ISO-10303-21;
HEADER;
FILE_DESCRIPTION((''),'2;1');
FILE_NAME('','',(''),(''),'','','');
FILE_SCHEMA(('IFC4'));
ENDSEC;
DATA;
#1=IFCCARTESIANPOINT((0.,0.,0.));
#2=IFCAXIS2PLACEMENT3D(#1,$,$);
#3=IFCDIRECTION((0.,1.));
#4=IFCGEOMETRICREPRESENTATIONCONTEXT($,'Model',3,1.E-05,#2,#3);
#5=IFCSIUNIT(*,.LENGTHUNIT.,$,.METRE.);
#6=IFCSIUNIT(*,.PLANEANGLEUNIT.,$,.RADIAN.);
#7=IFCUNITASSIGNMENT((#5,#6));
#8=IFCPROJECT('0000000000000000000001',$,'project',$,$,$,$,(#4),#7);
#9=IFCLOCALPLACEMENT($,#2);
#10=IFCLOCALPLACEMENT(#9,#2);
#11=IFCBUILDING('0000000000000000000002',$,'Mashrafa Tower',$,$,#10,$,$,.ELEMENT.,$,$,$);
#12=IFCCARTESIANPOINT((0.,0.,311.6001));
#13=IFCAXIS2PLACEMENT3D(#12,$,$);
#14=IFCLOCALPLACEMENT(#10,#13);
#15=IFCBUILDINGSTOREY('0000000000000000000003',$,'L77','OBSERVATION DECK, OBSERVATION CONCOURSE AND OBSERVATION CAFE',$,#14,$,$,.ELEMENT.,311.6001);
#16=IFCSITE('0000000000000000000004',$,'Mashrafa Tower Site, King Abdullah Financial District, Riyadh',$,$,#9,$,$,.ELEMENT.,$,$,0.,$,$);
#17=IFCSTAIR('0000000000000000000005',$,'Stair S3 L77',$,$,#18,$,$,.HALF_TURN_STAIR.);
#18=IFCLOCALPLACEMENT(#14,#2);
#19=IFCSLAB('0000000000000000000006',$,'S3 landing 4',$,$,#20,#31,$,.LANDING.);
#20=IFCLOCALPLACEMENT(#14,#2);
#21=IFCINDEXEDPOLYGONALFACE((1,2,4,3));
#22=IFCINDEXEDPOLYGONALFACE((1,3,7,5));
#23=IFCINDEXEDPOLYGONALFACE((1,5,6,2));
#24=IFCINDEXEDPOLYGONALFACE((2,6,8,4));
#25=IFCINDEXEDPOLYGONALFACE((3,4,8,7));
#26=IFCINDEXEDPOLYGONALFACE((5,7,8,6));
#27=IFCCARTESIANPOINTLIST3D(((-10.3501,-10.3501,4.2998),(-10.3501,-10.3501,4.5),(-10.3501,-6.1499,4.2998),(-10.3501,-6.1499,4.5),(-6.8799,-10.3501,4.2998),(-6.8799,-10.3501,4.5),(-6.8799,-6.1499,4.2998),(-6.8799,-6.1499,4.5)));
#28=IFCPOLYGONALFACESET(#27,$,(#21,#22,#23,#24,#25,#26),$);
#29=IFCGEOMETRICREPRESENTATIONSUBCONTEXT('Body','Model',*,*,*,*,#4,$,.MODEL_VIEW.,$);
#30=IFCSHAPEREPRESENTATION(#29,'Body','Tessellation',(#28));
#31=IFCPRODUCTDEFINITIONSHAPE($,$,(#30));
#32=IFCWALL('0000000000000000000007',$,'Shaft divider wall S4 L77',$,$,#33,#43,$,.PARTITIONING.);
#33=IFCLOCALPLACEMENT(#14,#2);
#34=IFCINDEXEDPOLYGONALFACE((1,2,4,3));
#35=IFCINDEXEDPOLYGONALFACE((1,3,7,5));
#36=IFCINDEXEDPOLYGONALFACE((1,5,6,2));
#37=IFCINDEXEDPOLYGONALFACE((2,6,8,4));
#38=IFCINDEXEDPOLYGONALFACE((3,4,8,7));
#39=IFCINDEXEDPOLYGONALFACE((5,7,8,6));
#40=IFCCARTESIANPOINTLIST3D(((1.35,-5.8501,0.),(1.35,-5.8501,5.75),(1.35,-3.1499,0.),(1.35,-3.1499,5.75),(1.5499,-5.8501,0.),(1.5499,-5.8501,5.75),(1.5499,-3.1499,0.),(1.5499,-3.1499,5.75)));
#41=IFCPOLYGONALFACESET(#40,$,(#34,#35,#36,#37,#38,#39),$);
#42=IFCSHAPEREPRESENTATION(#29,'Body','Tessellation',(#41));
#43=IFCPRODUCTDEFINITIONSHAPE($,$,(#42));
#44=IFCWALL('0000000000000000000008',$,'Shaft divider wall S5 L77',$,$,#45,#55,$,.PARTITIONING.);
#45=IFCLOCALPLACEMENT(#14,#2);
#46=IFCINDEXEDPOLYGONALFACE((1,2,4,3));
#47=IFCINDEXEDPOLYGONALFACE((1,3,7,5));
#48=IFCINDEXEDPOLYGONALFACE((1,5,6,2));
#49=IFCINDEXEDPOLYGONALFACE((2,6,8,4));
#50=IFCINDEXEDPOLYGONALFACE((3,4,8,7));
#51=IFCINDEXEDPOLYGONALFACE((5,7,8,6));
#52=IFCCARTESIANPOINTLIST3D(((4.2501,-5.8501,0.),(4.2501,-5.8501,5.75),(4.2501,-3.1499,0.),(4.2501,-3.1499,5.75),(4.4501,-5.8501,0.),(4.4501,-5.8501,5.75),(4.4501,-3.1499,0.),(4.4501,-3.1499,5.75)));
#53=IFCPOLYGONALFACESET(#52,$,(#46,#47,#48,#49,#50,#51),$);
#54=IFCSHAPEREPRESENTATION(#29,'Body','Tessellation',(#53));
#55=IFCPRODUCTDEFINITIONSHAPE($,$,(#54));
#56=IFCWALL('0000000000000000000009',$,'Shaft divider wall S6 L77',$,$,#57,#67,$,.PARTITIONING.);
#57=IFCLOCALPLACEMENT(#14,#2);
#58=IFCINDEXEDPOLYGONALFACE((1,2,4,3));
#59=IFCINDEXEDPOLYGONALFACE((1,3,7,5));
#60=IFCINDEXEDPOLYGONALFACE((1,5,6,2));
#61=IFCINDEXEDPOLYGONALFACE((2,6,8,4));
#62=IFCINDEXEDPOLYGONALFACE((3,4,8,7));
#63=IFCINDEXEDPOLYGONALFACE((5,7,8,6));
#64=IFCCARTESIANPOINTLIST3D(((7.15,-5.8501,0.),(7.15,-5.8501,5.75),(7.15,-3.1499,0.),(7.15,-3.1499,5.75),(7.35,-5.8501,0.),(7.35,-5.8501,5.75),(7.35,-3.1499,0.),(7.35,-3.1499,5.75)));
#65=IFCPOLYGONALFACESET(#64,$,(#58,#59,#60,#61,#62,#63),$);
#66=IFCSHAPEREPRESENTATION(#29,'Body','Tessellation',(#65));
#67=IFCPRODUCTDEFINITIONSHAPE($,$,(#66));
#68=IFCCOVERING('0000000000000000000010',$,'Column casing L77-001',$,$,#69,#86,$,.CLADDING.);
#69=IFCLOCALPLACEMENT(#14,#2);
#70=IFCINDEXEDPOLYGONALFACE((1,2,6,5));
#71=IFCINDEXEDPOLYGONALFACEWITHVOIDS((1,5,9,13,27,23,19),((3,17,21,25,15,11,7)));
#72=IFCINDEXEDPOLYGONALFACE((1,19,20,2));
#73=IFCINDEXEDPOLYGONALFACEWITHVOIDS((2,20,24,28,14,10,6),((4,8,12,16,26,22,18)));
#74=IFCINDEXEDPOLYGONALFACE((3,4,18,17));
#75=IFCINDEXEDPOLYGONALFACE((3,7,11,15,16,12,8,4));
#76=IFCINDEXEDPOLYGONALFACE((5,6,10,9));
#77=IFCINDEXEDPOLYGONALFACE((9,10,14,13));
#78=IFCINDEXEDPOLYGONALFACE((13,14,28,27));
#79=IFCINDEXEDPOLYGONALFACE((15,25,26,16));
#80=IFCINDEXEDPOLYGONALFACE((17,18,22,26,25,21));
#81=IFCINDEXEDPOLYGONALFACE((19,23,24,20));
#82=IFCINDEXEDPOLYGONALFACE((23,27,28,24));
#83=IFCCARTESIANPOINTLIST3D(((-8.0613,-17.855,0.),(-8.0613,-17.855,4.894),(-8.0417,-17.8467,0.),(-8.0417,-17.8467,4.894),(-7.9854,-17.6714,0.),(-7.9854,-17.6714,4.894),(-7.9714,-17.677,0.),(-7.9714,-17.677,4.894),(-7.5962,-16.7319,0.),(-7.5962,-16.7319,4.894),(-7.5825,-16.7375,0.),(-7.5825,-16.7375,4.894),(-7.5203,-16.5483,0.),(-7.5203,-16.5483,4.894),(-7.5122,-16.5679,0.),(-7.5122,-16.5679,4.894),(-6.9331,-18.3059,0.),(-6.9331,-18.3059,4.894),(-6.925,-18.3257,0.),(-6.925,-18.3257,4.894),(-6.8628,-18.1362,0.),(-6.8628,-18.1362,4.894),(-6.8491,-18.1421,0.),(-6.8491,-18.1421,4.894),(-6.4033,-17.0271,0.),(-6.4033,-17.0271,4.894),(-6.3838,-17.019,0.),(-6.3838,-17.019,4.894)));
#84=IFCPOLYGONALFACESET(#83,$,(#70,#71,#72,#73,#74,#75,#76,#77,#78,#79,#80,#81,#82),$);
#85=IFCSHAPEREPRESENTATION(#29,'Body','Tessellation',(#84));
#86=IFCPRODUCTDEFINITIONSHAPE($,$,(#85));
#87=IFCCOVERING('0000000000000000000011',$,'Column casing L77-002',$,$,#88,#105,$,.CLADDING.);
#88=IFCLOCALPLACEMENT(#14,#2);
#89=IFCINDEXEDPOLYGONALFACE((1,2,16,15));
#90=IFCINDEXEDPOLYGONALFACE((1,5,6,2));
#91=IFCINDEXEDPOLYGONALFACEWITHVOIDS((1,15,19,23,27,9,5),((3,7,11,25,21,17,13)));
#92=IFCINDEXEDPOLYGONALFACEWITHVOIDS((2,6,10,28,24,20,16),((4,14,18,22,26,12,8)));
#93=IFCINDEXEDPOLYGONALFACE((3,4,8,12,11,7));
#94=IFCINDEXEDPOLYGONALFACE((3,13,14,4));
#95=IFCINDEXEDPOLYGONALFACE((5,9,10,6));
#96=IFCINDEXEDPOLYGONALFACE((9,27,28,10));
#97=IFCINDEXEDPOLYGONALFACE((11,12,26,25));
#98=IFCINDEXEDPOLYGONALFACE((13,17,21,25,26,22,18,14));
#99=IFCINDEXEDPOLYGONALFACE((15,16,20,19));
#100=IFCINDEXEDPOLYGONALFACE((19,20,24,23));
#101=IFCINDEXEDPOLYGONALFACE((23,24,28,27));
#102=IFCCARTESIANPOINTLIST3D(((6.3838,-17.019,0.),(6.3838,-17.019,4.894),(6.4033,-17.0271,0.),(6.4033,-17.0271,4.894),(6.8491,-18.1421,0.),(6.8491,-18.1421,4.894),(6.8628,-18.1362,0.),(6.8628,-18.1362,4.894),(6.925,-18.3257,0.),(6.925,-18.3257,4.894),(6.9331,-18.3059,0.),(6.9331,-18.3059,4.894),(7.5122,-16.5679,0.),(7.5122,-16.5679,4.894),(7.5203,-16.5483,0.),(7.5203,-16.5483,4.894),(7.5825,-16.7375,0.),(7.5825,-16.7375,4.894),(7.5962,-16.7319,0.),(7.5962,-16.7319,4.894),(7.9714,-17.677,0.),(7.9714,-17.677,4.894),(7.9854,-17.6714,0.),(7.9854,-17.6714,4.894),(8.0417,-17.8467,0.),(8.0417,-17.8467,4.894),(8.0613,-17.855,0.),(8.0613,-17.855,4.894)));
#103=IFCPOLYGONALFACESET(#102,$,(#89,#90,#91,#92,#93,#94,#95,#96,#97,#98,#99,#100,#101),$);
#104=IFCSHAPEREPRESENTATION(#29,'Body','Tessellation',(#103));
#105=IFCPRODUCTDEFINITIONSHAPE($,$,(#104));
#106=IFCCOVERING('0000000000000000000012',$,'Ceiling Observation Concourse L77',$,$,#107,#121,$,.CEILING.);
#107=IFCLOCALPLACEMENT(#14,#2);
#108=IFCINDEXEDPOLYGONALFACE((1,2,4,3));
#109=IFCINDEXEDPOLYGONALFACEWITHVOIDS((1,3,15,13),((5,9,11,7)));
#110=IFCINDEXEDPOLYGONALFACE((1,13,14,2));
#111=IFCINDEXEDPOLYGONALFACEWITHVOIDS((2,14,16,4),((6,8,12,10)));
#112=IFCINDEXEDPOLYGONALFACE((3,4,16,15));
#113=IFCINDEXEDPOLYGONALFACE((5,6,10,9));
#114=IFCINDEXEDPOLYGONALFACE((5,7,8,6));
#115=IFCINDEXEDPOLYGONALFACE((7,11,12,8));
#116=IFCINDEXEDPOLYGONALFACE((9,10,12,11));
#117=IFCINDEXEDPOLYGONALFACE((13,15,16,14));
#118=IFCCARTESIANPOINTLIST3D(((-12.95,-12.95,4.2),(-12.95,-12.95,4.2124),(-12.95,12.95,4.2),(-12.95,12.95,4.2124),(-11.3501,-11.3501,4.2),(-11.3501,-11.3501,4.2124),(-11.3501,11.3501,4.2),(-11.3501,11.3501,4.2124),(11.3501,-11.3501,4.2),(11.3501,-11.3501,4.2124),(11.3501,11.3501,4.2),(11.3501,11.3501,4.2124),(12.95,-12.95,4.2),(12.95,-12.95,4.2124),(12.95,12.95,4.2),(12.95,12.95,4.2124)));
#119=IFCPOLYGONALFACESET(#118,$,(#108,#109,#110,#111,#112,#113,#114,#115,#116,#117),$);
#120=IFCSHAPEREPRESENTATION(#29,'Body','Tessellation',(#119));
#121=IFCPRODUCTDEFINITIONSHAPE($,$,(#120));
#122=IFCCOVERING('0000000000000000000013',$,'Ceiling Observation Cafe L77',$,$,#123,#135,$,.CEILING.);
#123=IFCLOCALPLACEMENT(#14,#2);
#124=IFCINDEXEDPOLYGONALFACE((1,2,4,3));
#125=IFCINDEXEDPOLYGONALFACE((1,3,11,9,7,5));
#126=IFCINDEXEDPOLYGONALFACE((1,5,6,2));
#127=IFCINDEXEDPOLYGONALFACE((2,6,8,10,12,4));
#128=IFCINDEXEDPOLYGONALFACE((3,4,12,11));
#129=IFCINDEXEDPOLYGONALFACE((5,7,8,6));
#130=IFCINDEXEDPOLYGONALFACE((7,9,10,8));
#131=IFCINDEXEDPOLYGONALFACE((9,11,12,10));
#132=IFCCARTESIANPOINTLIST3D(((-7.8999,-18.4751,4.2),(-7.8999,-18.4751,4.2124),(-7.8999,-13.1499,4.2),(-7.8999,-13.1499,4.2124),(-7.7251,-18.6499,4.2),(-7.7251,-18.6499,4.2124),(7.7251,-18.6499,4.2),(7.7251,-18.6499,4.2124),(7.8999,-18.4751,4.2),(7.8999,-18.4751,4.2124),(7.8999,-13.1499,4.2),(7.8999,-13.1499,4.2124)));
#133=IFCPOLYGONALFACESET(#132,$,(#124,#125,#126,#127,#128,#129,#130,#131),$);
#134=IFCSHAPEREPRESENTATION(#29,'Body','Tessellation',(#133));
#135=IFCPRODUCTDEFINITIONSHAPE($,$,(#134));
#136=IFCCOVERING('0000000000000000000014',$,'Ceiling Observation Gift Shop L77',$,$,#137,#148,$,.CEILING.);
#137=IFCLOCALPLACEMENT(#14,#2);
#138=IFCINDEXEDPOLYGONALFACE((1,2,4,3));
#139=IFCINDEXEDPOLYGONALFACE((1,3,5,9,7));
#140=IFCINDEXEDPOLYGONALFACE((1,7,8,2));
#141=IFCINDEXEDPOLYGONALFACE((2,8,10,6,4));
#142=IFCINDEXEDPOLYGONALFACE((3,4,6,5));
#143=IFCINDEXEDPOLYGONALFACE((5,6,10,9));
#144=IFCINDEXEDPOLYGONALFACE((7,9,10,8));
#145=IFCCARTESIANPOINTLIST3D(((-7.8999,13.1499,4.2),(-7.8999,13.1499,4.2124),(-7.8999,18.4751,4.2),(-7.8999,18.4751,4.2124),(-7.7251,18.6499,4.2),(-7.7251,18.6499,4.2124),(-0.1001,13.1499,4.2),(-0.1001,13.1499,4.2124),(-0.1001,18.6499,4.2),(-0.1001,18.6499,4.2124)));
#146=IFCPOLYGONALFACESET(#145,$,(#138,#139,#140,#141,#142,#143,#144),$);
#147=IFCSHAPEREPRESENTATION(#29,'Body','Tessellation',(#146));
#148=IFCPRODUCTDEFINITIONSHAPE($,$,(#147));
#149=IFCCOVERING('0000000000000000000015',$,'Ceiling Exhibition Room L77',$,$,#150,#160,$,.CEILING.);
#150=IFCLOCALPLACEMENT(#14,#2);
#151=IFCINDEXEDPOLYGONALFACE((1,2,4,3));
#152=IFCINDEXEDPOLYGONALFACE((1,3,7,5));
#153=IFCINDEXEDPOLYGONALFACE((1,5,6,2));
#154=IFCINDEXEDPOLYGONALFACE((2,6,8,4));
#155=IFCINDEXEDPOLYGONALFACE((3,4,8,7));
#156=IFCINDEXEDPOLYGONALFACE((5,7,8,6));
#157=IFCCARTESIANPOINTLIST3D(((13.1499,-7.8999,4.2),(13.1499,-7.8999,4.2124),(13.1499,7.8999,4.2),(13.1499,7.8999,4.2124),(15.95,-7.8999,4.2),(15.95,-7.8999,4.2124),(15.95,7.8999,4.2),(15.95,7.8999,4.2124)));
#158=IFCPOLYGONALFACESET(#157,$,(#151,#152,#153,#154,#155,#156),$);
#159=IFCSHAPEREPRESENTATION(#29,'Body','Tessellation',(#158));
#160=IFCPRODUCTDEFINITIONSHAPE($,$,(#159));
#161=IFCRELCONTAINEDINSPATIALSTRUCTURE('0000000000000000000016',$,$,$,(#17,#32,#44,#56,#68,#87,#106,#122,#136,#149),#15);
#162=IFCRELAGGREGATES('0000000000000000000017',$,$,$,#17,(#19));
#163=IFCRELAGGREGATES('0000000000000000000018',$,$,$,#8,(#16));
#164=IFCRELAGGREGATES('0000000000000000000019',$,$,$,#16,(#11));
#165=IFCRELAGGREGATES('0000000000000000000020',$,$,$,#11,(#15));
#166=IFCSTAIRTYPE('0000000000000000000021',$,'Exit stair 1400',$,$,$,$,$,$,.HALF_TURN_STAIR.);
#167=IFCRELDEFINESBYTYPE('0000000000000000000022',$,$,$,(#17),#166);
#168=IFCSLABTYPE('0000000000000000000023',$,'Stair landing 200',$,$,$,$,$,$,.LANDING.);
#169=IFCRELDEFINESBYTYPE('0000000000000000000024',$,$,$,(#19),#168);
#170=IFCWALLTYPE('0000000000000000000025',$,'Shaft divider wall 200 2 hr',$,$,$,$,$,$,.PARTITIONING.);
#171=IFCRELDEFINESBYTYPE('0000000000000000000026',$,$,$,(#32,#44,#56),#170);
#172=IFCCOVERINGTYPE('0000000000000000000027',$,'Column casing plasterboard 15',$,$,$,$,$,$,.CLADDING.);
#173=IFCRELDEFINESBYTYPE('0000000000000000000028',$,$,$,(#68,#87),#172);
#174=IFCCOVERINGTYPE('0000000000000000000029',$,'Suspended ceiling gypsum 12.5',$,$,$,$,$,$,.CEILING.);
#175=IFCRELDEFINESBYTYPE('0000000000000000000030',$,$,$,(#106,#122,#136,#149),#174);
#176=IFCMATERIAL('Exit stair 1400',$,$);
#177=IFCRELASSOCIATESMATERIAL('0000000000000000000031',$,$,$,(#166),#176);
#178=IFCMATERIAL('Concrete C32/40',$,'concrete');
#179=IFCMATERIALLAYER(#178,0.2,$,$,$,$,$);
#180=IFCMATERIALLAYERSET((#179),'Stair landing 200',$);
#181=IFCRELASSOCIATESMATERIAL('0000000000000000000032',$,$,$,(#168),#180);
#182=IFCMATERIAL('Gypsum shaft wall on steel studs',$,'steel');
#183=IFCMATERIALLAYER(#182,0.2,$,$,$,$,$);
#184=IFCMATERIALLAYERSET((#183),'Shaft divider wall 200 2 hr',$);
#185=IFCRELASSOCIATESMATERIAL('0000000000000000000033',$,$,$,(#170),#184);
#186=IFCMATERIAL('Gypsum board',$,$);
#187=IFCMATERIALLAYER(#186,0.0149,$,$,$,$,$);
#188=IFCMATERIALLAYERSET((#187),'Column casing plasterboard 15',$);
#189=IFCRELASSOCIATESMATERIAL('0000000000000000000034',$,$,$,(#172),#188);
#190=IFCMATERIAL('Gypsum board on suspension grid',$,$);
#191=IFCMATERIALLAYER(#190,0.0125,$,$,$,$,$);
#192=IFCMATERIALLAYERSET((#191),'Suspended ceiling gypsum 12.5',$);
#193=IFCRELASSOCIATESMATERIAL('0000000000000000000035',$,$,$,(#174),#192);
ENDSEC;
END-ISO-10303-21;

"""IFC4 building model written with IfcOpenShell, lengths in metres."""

from ifc_helpers import new_model, si_unit, direction, frame, frame_2d, origin, place, context, subcontext, project, spatial, polyline, rectangle, outline, extrude, material, layer, layer_set, type_object, element, aggregate, save


model = new_model("IFC4")

# Units and contexts
model_context = context("Model", 3, precision=1e-05, world=origin(), true_north=direction((0.0, 1.0)))
body_context = subcontext(model_context, "Body", "Model", "MODEL_VIEW")
ifc_project = project(units=[si_unit("LENGTHUNIT", "METRE"), si_unit("PLANEANGLEUNIT", "RADIAN")], contexts=[model_context])

# Site, building, storey
site_placement = place(None, origin())
site = spatial("IfcSite", under=ifc_project, at=site_placement, Name="Mashrafa Tower Site, King Abdullah Financial District, Riyadh", CompositionType="ELEMENT", RefElevation=0.0)
building_placement = place(site_placement, origin())
building = spatial("IfcBuilding", under=site, at=building_placement, Name="Mashrafa Tower", CompositionType="ELEMENT")
storey_placement = place(building_placement, frame((0.0, 0.0, 311.6001)))
storey = spatial("IfcBuildingStorey", under=building, at=storey_placement, Name="L77", Description="OBSERVATION DECK, OBSERVATION CONCOURSE AND OBSERVATION CAFE", CompositionType="ELEMENT", Elevation=311.6001)

# Stair, slab
ifc_material_1 = material(Name="Exit stair 1400")
stair_type = type_object("IfcStairType", Name="Exit stair 1400", PredefinedType="HALF_TURN_STAIR", material=ifc_material_1)
ifc_material_2 = material(Name="Concrete C32/40", Category="concrete")
ifc_layer_1 = layer(ifc_material_2, 0.2)
ifc_layer_set_1 = layer_set([ifc_layer_1], Name="Stair landing 200")
slab_type = type_object("IfcSlabType", Name="Stair landing 200", PredefinedType="LANDING", material=ifc_layer_set_1)
stair_1_placement = place(storey_placement, origin())
stair_1 = element("IfcStair", 1, at=stair_1_placement, inside=storey, type_object=stair_type, Name="Stair S3 L77", PredefinedType="HALF_TURN_STAIR")
slab_1_placement = place(storey_placement, frame((0.0, 0.0, 4.2998)))
slab_1 = element("IfcSlab", 2, at=slab_1_placement, type_object=slab_type, Name="S3 landing 4", PredefinedType="LANDING", context=body_context, shape_type="SweptSolid", body=[
    extrude(outline(polyline([(-10.3501, -10.3501), (-6.8799, -10.3501), (-6.8799, -6.1499), (-10.3501, -6.1499), (-10.3501, -10.3501)])), origin(), (0.0, 0.0, 1.0), 0.2002),
])
aggregate(stair_1, [slab_1])

# Walls
ifc_material_3 = material(Name="Gypsum shaft wall on steel studs", Category="steel")
ifc_layer_2 = layer(ifc_material_3, 0.2)
ifc_layer_set_2 = layer_set([ifc_layer_2], Name="Shaft divider wall 200 2 hr")
wall_type = type_object("IfcWallType", Name="Shaft divider wall 200 2 hr", PredefinedType="PARTITIONING", material=ifc_layer_set_2)
for number, where, z_axis, x_axis, name in (
    (3, (1.45, -5.8501, 0.0), (0.0, 0.0, 1.0), (0.0, 1.0, 0.0), "Shaft divider wall S4 L77"),
    (4, (4.3501, -5.8501, 0.0), (0.0, 0.0, 1.0), (0.0, 1.0, 0.0), "Shaft divider wall S5 L77"),
    (5, (7.25, -5.8501, 0.0), (0.0, 0.0, 1.0), (0.0, 1.0, 0.0), "Shaft divider wall S6 L77"),
):
    element("IfcWall", number, at=place(storey_placement, frame(where, z_axis=z_axis, x_axis=x_axis)), inside=storey, type_object=wall_type, Name=name, PredefinedType="PARTITIONING", context=body_context, shape_type="SweptSolid", body=[
        extrude(rectangle(XDim=2.7002, YDim=0.2, at=frame_2d((1.3501, 0.0))), origin(), (0.0, 0.0, 1.0), 5.75),
    ])

# Coverings
ifc_material_4 = material(Name="Gypsum board")
ifc_layer_3 = layer(ifc_material_4, 0.0149)
ifc_layer_set_3 = layer_set([ifc_layer_3], Name="Column casing plasterboard 15")
covering_type_1 = type_object("IfcCoveringType", Name="Column casing plasterboard 15", PredefinedType="CLADDING", material=ifc_layer_set_3)
covering_1_placement = place(storey_placement, origin())
element("IfcCovering", 6, at=covering_1_placement, inside=storey, type_object=covering_type_1, Name="Column casing L77-001", PredefinedType="CLADDING", context=body_context, shape_type="SweptSolid", body=[
    extrude(outline(polyline([(-8.0613, -17.855), (-7.9854, -17.6714), (-7.5962, -16.7319), (-7.5203, -16.5483), (-6.3838, -17.019), (-6.8491, -18.1421), (-6.925, -18.3257), (-8.0613, -17.855)]), holes=[polyline([(-6.8628, -18.1362), (-6.4033, -17.0271), (-7.5122, -16.5679), (-7.5825, -16.7375), (-7.9714, -17.677), (-8.0417, -17.8467), (-6.9331, -18.3059), (-6.8628, -18.1362)])]), origin(), (0.0, 0.0, 1.0), 4.894),
])
covering_2_placement = place(storey_placement, origin())
element("IfcCovering", 7, at=covering_2_placement, inside=storey, type_object=covering_type_1, Name="Column casing L77-002", PredefinedType="CLADDING", context=body_context, shape_type="SweptSolid", body=[
    extrude(outline(polyline([(6.8491, -18.1421), (6.3838, -17.019), (7.5203, -16.5483), (7.5962, -16.7319), (7.9854, -17.6714), (8.0613, -17.855), (6.925, -18.3257), (6.8491, -18.1421)]), holes=[polyline([(8.0417, -17.8467), (7.9714, -17.677), (7.5825, -16.7375), (7.5122, -16.5679), (6.4033, -17.0271), (6.8628, -18.1362), (6.9331, -18.3059), (8.0417, -17.8467)])]), origin(), (0.0, 0.0, 1.0), 4.894),
])
ifc_material_5 = material(Name="Gypsum board on suspension grid")
ifc_layer_4 = layer(ifc_material_5, 0.0125)
ifc_layer_set_4 = layer_set([ifc_layer_4], Name="Suspended ceiling gypsum 12.5")
covering_type_2 = type_object("IfcCoveringType", Name="Suspended ceiling gypsum 12.5", PredefinedType="CEILING", material=ifc_layer_set_4)
covering_3_placement = place(storey_placement, frame((0.0, 0.0, 4.2)))
element("IfcCovering", 8, at=covering_3_placement, inside=storey, type_object=covering_type_2, Name="Ceiling Observation Concourse L77", PredefinedType="CEILING", context=body_context, shape_type="SweptSolid", body=[
    extrude(outline(polyline([(-12.95, -12.95), (-12.95, 12.95), (12.95, 12.95), (12.95, -12.95), (-12.95, -12.95)]), holes=[polyline([(11.3501, 11.3501), (-11.3501, 11.3501), (-11.3501, -11.3501), (11.3501, -11.3501), (11.3501, 11.3501)])]), origin(), (0.0, 0.0, 1.0), 0.0125),
])
covering_4_placement = place(storey_placement, frame((0.0, 0.0, 4.2)))
element("IfcCovering", 9, at=covering_4_placement, inside=storey, type_object=covering_type_2, Name="Ceiling Observation Cafe L77", PredefinedType="CEILING", context=body_context, shape_type="SweptSolid", body=[
    extrude(outline(polyline([(-7.8999, -13.1499), (7.8999, -13.1499), (7.8999, -18.4751), (7.7251, -18.6499), (-7.7251, -18.6499), (-7.8999, -18.4751), (-7.8999, -13.1499)])), origin(), (0.0, 0.0, 1.0), 0.0125),
])
covering_5_placement = place(storey_placement, frame((0.0, 0.0, 4.2)))
element("IfcCovering", 10, at=covering_5_placement, inside=storey, type_object=covering_type_2, Name="Ceiling Observation Gift Shop L77", PredefinedType="CEILING", context=body_context, shape_type="SweptSolid", body=[
    extrude(outline(polyline([(-0.1001, 13.1499), (-7.8999, 13.1499), (-7.8999, 18.4751), (-7.7251, 18.6499), (-0.1001, 18.6499), (-0.1001, 13.1499)])), origin(), (0.0, 0.0, 1.0), 0.0125),
])
covering_6_placement = place(storey_placement, frame((0.0, 0.0, 4.2)))
element("IfcCovering", 11, at=covering_6_placement, inside=storey, type_object=covering_type_2, Name="Ceiling Exhibition Room L77", PredefinedType="CEILING", context=body_context, shape_type="SweptSolid", body=[
    extrude(outline(polyline([(13.1499, 7.8999), (15.95, 7.8999), (15.95, -7.8999), (13.1499, -7.8999), (13.1499, 7.8999)])), origin(), (0.0, 0.0, 1.0), 0.0125),
])

save(model, "model.ifc")
